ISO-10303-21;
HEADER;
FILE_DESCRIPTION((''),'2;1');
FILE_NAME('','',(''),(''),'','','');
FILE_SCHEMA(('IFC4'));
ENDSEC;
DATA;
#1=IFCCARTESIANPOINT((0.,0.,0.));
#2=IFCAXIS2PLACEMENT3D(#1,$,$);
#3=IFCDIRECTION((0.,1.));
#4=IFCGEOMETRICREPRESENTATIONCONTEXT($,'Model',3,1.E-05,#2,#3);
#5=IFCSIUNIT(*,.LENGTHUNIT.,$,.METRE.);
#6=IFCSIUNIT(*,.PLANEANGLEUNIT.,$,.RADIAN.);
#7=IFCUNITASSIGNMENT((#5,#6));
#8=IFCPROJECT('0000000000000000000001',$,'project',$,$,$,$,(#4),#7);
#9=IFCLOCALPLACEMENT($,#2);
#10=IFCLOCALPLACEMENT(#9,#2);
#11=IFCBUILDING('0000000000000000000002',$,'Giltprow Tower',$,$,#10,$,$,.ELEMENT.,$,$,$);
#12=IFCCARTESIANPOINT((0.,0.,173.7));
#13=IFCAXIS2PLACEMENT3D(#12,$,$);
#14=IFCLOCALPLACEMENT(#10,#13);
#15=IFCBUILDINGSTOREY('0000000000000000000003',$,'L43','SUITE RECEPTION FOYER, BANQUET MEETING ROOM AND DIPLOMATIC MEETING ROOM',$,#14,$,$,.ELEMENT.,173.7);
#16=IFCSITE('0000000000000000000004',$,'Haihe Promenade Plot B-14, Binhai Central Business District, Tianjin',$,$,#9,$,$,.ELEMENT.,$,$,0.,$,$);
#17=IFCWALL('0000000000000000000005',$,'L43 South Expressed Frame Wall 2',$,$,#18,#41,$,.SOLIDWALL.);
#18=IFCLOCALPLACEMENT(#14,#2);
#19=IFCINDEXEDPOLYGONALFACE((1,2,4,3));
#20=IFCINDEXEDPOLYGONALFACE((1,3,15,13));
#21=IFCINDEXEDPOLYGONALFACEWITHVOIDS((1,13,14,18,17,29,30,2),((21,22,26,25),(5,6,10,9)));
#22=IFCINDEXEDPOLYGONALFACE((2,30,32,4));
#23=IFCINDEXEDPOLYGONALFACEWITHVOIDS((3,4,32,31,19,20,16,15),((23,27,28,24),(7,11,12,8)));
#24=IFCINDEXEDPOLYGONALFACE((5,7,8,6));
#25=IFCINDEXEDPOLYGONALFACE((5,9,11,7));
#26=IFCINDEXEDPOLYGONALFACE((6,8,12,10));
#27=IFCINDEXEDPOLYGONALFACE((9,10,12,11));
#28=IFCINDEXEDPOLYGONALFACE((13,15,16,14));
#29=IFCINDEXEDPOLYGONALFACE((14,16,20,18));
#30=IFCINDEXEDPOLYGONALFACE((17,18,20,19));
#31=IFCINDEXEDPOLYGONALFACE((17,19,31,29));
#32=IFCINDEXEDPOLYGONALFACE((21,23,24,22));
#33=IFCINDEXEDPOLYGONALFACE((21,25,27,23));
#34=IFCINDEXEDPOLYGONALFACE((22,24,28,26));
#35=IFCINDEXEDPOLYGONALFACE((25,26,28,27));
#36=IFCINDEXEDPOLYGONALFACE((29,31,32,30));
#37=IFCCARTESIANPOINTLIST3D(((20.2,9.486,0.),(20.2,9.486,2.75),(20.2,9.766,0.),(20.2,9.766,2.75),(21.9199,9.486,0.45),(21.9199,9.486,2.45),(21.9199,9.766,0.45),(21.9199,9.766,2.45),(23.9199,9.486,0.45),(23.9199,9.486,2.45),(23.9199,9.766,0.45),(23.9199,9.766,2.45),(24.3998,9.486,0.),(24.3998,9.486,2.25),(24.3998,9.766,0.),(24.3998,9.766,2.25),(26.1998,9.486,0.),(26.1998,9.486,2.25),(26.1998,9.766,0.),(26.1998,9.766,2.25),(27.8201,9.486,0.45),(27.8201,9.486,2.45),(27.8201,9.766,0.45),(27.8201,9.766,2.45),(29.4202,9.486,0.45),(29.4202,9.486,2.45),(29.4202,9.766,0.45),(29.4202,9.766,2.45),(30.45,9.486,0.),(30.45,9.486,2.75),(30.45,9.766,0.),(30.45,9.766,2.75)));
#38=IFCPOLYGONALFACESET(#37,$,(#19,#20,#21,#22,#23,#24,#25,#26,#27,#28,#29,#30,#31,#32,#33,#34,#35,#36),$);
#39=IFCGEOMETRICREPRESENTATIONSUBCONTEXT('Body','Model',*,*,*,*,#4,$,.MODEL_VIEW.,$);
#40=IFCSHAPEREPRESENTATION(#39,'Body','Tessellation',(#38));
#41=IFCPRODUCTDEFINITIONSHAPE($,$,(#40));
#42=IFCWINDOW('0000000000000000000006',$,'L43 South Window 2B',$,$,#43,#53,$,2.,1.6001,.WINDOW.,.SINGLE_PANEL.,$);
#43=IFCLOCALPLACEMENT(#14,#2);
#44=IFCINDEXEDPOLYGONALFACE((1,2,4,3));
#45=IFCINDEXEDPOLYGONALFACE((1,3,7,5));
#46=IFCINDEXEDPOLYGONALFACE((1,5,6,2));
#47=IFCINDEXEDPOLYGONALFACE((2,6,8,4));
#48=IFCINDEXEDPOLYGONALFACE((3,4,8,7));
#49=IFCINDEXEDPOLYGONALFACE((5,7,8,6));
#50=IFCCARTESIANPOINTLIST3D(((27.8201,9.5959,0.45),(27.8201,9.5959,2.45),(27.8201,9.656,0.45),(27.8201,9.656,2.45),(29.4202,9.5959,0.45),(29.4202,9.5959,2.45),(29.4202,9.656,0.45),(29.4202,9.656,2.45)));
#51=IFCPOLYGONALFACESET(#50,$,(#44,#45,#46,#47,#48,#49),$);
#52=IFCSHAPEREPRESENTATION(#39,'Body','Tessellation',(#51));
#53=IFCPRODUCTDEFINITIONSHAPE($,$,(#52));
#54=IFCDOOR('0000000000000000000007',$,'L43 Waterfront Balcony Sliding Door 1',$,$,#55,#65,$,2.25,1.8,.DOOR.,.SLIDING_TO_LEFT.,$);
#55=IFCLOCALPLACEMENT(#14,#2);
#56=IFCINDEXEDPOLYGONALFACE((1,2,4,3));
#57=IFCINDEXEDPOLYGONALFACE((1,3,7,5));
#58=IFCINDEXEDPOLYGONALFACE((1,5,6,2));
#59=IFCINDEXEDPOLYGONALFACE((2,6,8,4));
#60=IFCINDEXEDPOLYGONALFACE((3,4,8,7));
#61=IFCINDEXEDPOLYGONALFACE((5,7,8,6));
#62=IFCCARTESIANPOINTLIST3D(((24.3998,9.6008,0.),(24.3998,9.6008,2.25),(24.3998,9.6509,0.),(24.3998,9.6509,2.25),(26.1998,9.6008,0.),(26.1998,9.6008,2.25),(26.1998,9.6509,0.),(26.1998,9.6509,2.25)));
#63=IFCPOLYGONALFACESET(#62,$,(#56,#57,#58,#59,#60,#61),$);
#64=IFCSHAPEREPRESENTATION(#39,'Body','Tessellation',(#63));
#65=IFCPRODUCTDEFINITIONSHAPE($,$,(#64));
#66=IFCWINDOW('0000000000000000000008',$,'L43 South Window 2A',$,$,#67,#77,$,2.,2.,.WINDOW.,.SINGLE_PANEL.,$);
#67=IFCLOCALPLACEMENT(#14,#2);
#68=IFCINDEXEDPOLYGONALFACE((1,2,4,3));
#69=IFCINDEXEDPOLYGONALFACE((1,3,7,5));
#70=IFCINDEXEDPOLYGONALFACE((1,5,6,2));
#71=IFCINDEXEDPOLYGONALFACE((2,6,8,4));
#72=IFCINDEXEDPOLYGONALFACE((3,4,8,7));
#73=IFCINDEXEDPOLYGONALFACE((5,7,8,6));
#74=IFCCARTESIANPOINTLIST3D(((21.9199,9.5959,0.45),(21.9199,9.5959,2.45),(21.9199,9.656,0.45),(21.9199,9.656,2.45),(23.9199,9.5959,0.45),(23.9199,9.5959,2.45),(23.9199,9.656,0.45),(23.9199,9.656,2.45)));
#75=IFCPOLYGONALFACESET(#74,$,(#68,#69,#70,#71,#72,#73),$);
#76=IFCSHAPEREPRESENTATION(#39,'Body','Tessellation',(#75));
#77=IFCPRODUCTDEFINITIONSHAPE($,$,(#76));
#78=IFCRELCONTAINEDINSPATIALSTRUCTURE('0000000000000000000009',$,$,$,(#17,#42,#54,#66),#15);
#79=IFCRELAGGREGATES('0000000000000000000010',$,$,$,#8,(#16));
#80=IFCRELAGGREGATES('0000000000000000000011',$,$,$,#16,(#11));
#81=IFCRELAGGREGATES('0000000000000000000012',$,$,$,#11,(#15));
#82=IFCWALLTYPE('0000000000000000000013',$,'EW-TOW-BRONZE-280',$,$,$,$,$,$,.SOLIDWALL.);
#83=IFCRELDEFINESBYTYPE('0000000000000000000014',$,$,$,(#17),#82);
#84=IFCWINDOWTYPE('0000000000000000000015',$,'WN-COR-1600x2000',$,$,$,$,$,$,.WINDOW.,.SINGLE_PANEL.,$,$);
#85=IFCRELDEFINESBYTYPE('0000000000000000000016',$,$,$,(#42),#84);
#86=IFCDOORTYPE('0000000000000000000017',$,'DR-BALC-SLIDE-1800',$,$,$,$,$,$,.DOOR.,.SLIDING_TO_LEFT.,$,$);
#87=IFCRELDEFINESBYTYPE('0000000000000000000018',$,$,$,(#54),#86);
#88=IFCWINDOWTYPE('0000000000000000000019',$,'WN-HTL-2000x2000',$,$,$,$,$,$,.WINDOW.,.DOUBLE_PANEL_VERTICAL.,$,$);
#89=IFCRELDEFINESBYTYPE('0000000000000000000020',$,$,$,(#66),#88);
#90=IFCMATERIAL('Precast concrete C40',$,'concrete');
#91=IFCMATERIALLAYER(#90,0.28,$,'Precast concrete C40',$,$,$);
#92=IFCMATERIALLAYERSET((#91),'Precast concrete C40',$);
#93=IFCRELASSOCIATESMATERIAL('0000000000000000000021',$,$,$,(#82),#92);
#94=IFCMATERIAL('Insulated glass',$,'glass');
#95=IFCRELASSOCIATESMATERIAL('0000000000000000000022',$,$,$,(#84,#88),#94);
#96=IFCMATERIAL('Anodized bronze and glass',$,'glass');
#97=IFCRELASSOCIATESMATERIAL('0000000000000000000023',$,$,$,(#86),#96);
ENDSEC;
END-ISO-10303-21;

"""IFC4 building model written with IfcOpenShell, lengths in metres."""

from ifc_helpers import new_model, si_unit, direction, frame, frame_2d, origin, place, context, subcontext, project, spatial, rectangle, extrude, source, transform, mapped, material, layer, layer_set, type_object, element, fill, save


model = new_model("IFC4")

# Units and contexts
model_context = context("Model", 3, precision=1e-05, world=origin(), true_north=direction((0.0, 1.0)))
body_context = subcontext(model_context, "Body", "Model", "MODEL_VIEW")
ifc_project = project(units=[si_unit("LENGTHUNIT", "METRE"), si_unit("PLANEANGLEUNIT", "RADIAN")], contexts=[model_context])

# Site, building, storey
site_placement = place(None, origin())
site = spatial("IfcSite", under=ifc_project, at=site_placement, Name="Haihe Promenade Plot B-14, Binhai Central Business District, Tianjin", CompositionType="ELEMENT", RefElevation=0.0)
building_placement = place(site_placement, origin())
building = spatial("IfcBuilding", under=site, at=building_placement, Name="Giltprow Tower", CompositionType="ELEMENT")
storey_placement = place(building_placement, frame((0.0, 0.0, 173.7)))
storey = spatial("IfcBuildingStorey", under=building, at=storey_placement, Name="L43", Description="SUITE RECEPTION FOYER, BANQUET MEETING ROOM AND DIPLOMATIC MEETING ROOM", CompositionType="ELEMENT", Elevation=173.7)

# Shared definitions
ifc_material_1 = material(Name="Insulated glass", Category="glass")

# Wall, openings, windows, door
ifc_material_2 = material(Name="Precast concrete C40", Category="concrete")
ifc_layer_1 = layer(ifc_material_2, 0.28, Name="Precast concrete C40")
ifc_layer_set_1 = layer_set([ifc_layer_1], Name="Precast concrete C40")
wall_type = type_object("IfcWallType", Name="EW-TOW-BRONZE-280", PredefinedType="SOLIDWALL", material=ifc_layer_set_1)
wall_placement = place(storey_placement, frame((20.2, 9.626, 0.0), z_axis=(0.0, 0.0, 1.0), x_axis=(1.0, 0.0, 0.0)))
wall = element("IfcWall", 1, at=wall_placement, inside=storey, type_object=wall_type, Name="L43 South Expressed Frame Wall 2", PredefinedType="SOLIDWALL", context=body_context, shape_type="SweptSolid", body=[
    extrude(rectangle(XDim=10.25, YDim=0.28, at=frame_2d((5.125, 0.0))), origin(), (0.0, 0.0, 1.0), 2.75),
])
opening_1_placement = place(wall_placement, frame((4.2, 0.0, 0.0)))
opening_1 = element("IfcOpeningElement", 2, at=opening_1_placement, cuts=wall, PredefinedType="OPENING", context=body_context, shape_type="SweptSolid", body=[
    extrude(rectangle(XDim=1.8, YDim=2.25, at=frame_2d((0.8999, 1.125))), frame((0.0, 0.1499, 0.0), z_axis=(0.0, -1.0, 0.0), x_axis=(1.0, 0.0, 0.0)), (0.0, 0.0, 1.0), 0.3),
])
opening_2_placement = place(wall_placement, frame((1.72, 0.0, 0.45)))
opening_2 = element("IfcOpeningElement", 3, at=opening_2_placement, cuts=wall, PredefinedType="OPENING", context=body_context, shape_type="SweptSolid", body=[
    extrude(rectangle(XDim=2.0, YDim=2.0, at=frame_2d((1.0, 1.0))), frame((0.0, 0.1499, 0.0), z_axis=(0.0, -1.0, 0.0), x_axis=(1.0, 0.0, 0.0)), (0.0, 0.0, 1.0), 0.3),
])
opening_3_placement = place(wall_placement, frame((7.6201, 0.0, 0.45)))
opening_3 = element("IfcOpeningElement", 4, at=opening_3_placement, cuts=wall, PredefinedType="OPENING", context=body_context, shape_type="SweptSolid", body=[
    extrude(rectangle(XDim=1.6001, YDim=2.0, at=frame_2d((0.8, 1.0))), frame((0.0, 0.1499, 0.0), z_axis=(0.0, -1.0, 0.0), x_axis=(1.0, 0.0, 0.0)), (0.0, 0.0, 1.0), 0.3),
])
window_type_1 = type_object("IfcWindowType", Name="WN-COR-1600x2000", PartitioningType="SINGLE_PANEL", PredefinedType="WINDOW", material=ifc_material_1)
shared_shape_1 = source(origin(), body_context, "Body", "SweptSolid", [
    extrude(rectangle(XDim=1.6001, YDim=2.0, at=frame_2d((0.8, 1.0))), frame((0.0, 0.03, 0.0), z_axis=(0.0, -1.0, 0.0), x_axis=(1.0, 0.0, 0.0)), (0.0, 0.0, 1.0), 0.0601),
])
window_1_placement = place(opening_3_placement, origin())
window_1 = element("IfcWindow", 5, at=window_1_placement, inside=storey, type_object=window_type_1, Name="L43 South Window 2B", OverallHeight=2.0, OverallWidth=1.6001, PartitioningType="SINGLE_PANEL", PredefinedType="WINDOW", context=body_context, shape_type="MappedRepresentation", body=[
    mapped(shared_shape_1, transform((0.0, 0.0, 0.0), x_axis=(1.0, 0.0, 0.0), y_axis=(0.0, 1.0, 0.0), z_axis=(0.0, 0.0, 1.0), scale=1.0)),
])
fill(opening_3, window_1)
ifc_material_3 = material(Name="Anodized bronze and glass", Category="glass")
door_type = type_object("IfcDoorType", Name="DR-BALC-SLIDE-1800", OperationType="SLIDING_TO_LEFT", PredefinedType="DOOR", material=ifc_material_3)
shared_shape_2 = source(origin(), body_context, "Body", "SweptSolid", [
    extrude(rectangle(XDim=1.8, YDim=2.25, at=frame_2d((0.8999, 1.125))), frame((0.0, 0.0249, 0.0), z_axis=(0.0, -1.0, 0.0), x_axis=(1.0, 0.0, 0.0)), (0.0, 0.0, 1.0), 0.05),
])
door_placement = place(opening_1_placement, origin())
door = element("IfcDoor", 6, at=door_placement, inside=storey, type_object=door_type, Name="L43 Waterfront Balcony Sliding Door 1", OperationType="SLIDING_TO_LEFT", OverallHeight=2.25, OverallWidth=1.8, PredefinedType="DOOR", context=body_context, shape_type="MappedRepresentation", body=[
    mapped(shared_shape_2, transform((0.0, 0.0, 0.0), x_axis=(1.0, 0.0, 0.0), y_axis=(0.0, 1.0, 0.0), z_axis=(0.0, 0.0, 1.0), scale=1.0)),
])
fill(opening_1, door)
window_type_2 = type_object("IfcWindowType", Name="WN-HTL-2000x2000", PartitioningType="DOUBLE_PANEL_VERTICAL", PredefinedType="WINDOW", material=ifc_material_1)
shared_shape_3 = source(origin(), body_context, "Body", "SweptSolid", [
    extrude(rectangle(XDim=2.0, YDim=2.0, at=frame_2d((1.0, 1.0))), frame((0.0, 0.03, 0.0), z_axis=(0.0, -1.0, 0.0), x_axis=(1.0, 0.0, 0.0)), (0.0, 0.0, 1.0), 0.0601),
])
window_2_placement = place(opening_2_placement, origin())
window_2 = element("IfcWindow", 7, at=window_2_placement, inside=storey, type_object=window_type_2, Name="L43 South Window 2A", OverallHeight=2.0, OverallWidth=2.0, PartitioningType="SINGLE_PANEL", PredefinedType="WINDOW", context=body_context, shape_type="MappedRepresentation", body=[
    mapped(shared_shape_3, transform((0.0, 0.0, 0.0), x_axis=(1.0, 0.0, 0.0), y_axis=(0.0, 1.0, 0.0), z_axis=(0.0, 0.0, 1.0), scale=1.0)),
])
fill(opening_2, window_2)

save(model, "model.ifc")
